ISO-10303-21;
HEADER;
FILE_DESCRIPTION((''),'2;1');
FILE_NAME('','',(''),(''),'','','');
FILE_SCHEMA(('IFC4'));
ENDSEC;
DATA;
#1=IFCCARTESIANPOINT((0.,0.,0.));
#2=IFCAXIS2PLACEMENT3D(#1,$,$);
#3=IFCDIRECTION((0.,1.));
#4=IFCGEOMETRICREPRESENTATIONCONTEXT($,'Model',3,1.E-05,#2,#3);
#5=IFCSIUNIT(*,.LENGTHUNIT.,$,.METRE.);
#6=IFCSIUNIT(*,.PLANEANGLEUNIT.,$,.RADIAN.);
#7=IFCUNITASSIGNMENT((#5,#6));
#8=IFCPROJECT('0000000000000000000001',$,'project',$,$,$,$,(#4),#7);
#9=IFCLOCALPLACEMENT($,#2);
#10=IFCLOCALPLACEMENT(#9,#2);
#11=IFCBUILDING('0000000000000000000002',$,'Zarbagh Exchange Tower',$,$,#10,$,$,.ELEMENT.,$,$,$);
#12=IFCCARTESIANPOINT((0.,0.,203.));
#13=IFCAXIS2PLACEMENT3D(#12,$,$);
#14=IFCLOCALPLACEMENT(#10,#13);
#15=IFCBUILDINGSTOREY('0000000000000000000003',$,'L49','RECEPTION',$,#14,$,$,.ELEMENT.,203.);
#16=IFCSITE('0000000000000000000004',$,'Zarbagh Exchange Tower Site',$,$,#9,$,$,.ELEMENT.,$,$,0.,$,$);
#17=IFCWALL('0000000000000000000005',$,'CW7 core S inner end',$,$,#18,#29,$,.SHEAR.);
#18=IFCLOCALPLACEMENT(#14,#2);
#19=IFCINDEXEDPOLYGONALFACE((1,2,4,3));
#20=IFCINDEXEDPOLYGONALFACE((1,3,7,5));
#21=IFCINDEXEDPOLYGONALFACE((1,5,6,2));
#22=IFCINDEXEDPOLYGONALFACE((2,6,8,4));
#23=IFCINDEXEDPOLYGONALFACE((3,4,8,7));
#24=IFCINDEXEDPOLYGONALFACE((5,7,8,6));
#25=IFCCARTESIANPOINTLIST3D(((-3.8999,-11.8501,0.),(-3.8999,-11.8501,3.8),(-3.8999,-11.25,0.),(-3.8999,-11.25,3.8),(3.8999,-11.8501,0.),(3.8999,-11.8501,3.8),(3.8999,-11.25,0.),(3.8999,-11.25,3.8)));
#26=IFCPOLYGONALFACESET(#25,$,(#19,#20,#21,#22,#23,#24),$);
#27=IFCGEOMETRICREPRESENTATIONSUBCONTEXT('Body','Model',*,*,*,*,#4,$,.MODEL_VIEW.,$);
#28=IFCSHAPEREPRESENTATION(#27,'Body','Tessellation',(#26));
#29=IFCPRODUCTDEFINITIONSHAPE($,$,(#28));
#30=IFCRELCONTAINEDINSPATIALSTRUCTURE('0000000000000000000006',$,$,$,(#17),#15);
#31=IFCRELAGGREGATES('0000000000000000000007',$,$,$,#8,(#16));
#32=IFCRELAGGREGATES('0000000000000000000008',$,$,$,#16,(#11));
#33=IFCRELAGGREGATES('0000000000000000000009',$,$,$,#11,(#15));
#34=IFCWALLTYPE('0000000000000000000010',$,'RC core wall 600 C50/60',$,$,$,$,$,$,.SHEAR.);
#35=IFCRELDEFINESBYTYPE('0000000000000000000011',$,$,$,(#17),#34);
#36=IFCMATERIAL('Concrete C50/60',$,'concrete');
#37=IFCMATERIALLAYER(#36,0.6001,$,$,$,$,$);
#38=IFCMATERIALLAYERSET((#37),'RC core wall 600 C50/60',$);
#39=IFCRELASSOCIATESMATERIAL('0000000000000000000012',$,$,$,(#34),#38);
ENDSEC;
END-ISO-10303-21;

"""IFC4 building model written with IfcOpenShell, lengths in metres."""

from ifc_helpers import new_model, si_unit, direction, frame, frame_2d, origin, place, context, subcontext, project, spatial, rectangle, extrude, material, layer, layer_set, type_object, element, save


model = new_model("IFC4")

# Units and contexts
model_context = context("Model", 3, precision=1e-05, world=origin(), true_north=direction((0.0, 1.0)))
body_context = subcontext(model_context, "Body", "Model", "MODEL_VIEW")
ifc_project = project(units=[si_unit("LENGTHUNIT", "METRE"), si_unit("PLANEANGLEUNIT", "RADIAN")], contexts=[model_context])

# Site, building, storey
site_placement = place(None, origin())
site = spatial("IfcSite", under=ifc_project, at=site_placement, Name="Zarbagh Exchange Tower Site", CompositionType="ELEMENT", RefElevation=0.0)
building_placement = place(site_placement, origin())
building = spatial("IfcBuilding", under=site, at=building_placement, Name="Zarbagh Exchange Tower", CompositionType="ELEMENT")
storey_placement = place(building_placement, frame((0.0, 0.0, 203.0)))
storey = spatial("IfcBuildingStorey", under=building, at=storey_placement, Name="L49", Description="RECEPTION", CompositionType="ELEMENT", Elevation=203.0)

# Shared definitions
ifc_material_1 = material(Name="Concrete C50/60", Category="concrete")

# Shared definitions
ifc_layer_1 = layer(ifc_material_1, 0.6001)
ifc_layer_set_1 = layer_set([ifc_layer_1], Name="RC core wall 600 C50/60")
wall_type_1 = type_object("IfcWallType", Name="RC core wall 600 C50/60", PredefinedType="SHEAR", material=ifc_layer_set_1)

# Wall
wall_1_placement = place(storey_placement, frame((-3.8999, -11.55, 0.0), z_axis=(0.0, 0.0, 1.0), x_axis=(1.0, 0.0, 0.0)))
element("IfcWall", 1, at=wall_1_placement, inside=storey, type_object=wall_type_1, Name="CW7 core S inner end", PredefinedType="SHEAR", context=body_context, shape_type="SweptSolid", body=[
    extrude(rectangle(XDim=7.7998, YDim=0.6001, at=frame_2d((3.8999, 0.0))), origin(), (0.0, 0.0, 1.0), 3.8),
])

save(model, "model.ifc")
